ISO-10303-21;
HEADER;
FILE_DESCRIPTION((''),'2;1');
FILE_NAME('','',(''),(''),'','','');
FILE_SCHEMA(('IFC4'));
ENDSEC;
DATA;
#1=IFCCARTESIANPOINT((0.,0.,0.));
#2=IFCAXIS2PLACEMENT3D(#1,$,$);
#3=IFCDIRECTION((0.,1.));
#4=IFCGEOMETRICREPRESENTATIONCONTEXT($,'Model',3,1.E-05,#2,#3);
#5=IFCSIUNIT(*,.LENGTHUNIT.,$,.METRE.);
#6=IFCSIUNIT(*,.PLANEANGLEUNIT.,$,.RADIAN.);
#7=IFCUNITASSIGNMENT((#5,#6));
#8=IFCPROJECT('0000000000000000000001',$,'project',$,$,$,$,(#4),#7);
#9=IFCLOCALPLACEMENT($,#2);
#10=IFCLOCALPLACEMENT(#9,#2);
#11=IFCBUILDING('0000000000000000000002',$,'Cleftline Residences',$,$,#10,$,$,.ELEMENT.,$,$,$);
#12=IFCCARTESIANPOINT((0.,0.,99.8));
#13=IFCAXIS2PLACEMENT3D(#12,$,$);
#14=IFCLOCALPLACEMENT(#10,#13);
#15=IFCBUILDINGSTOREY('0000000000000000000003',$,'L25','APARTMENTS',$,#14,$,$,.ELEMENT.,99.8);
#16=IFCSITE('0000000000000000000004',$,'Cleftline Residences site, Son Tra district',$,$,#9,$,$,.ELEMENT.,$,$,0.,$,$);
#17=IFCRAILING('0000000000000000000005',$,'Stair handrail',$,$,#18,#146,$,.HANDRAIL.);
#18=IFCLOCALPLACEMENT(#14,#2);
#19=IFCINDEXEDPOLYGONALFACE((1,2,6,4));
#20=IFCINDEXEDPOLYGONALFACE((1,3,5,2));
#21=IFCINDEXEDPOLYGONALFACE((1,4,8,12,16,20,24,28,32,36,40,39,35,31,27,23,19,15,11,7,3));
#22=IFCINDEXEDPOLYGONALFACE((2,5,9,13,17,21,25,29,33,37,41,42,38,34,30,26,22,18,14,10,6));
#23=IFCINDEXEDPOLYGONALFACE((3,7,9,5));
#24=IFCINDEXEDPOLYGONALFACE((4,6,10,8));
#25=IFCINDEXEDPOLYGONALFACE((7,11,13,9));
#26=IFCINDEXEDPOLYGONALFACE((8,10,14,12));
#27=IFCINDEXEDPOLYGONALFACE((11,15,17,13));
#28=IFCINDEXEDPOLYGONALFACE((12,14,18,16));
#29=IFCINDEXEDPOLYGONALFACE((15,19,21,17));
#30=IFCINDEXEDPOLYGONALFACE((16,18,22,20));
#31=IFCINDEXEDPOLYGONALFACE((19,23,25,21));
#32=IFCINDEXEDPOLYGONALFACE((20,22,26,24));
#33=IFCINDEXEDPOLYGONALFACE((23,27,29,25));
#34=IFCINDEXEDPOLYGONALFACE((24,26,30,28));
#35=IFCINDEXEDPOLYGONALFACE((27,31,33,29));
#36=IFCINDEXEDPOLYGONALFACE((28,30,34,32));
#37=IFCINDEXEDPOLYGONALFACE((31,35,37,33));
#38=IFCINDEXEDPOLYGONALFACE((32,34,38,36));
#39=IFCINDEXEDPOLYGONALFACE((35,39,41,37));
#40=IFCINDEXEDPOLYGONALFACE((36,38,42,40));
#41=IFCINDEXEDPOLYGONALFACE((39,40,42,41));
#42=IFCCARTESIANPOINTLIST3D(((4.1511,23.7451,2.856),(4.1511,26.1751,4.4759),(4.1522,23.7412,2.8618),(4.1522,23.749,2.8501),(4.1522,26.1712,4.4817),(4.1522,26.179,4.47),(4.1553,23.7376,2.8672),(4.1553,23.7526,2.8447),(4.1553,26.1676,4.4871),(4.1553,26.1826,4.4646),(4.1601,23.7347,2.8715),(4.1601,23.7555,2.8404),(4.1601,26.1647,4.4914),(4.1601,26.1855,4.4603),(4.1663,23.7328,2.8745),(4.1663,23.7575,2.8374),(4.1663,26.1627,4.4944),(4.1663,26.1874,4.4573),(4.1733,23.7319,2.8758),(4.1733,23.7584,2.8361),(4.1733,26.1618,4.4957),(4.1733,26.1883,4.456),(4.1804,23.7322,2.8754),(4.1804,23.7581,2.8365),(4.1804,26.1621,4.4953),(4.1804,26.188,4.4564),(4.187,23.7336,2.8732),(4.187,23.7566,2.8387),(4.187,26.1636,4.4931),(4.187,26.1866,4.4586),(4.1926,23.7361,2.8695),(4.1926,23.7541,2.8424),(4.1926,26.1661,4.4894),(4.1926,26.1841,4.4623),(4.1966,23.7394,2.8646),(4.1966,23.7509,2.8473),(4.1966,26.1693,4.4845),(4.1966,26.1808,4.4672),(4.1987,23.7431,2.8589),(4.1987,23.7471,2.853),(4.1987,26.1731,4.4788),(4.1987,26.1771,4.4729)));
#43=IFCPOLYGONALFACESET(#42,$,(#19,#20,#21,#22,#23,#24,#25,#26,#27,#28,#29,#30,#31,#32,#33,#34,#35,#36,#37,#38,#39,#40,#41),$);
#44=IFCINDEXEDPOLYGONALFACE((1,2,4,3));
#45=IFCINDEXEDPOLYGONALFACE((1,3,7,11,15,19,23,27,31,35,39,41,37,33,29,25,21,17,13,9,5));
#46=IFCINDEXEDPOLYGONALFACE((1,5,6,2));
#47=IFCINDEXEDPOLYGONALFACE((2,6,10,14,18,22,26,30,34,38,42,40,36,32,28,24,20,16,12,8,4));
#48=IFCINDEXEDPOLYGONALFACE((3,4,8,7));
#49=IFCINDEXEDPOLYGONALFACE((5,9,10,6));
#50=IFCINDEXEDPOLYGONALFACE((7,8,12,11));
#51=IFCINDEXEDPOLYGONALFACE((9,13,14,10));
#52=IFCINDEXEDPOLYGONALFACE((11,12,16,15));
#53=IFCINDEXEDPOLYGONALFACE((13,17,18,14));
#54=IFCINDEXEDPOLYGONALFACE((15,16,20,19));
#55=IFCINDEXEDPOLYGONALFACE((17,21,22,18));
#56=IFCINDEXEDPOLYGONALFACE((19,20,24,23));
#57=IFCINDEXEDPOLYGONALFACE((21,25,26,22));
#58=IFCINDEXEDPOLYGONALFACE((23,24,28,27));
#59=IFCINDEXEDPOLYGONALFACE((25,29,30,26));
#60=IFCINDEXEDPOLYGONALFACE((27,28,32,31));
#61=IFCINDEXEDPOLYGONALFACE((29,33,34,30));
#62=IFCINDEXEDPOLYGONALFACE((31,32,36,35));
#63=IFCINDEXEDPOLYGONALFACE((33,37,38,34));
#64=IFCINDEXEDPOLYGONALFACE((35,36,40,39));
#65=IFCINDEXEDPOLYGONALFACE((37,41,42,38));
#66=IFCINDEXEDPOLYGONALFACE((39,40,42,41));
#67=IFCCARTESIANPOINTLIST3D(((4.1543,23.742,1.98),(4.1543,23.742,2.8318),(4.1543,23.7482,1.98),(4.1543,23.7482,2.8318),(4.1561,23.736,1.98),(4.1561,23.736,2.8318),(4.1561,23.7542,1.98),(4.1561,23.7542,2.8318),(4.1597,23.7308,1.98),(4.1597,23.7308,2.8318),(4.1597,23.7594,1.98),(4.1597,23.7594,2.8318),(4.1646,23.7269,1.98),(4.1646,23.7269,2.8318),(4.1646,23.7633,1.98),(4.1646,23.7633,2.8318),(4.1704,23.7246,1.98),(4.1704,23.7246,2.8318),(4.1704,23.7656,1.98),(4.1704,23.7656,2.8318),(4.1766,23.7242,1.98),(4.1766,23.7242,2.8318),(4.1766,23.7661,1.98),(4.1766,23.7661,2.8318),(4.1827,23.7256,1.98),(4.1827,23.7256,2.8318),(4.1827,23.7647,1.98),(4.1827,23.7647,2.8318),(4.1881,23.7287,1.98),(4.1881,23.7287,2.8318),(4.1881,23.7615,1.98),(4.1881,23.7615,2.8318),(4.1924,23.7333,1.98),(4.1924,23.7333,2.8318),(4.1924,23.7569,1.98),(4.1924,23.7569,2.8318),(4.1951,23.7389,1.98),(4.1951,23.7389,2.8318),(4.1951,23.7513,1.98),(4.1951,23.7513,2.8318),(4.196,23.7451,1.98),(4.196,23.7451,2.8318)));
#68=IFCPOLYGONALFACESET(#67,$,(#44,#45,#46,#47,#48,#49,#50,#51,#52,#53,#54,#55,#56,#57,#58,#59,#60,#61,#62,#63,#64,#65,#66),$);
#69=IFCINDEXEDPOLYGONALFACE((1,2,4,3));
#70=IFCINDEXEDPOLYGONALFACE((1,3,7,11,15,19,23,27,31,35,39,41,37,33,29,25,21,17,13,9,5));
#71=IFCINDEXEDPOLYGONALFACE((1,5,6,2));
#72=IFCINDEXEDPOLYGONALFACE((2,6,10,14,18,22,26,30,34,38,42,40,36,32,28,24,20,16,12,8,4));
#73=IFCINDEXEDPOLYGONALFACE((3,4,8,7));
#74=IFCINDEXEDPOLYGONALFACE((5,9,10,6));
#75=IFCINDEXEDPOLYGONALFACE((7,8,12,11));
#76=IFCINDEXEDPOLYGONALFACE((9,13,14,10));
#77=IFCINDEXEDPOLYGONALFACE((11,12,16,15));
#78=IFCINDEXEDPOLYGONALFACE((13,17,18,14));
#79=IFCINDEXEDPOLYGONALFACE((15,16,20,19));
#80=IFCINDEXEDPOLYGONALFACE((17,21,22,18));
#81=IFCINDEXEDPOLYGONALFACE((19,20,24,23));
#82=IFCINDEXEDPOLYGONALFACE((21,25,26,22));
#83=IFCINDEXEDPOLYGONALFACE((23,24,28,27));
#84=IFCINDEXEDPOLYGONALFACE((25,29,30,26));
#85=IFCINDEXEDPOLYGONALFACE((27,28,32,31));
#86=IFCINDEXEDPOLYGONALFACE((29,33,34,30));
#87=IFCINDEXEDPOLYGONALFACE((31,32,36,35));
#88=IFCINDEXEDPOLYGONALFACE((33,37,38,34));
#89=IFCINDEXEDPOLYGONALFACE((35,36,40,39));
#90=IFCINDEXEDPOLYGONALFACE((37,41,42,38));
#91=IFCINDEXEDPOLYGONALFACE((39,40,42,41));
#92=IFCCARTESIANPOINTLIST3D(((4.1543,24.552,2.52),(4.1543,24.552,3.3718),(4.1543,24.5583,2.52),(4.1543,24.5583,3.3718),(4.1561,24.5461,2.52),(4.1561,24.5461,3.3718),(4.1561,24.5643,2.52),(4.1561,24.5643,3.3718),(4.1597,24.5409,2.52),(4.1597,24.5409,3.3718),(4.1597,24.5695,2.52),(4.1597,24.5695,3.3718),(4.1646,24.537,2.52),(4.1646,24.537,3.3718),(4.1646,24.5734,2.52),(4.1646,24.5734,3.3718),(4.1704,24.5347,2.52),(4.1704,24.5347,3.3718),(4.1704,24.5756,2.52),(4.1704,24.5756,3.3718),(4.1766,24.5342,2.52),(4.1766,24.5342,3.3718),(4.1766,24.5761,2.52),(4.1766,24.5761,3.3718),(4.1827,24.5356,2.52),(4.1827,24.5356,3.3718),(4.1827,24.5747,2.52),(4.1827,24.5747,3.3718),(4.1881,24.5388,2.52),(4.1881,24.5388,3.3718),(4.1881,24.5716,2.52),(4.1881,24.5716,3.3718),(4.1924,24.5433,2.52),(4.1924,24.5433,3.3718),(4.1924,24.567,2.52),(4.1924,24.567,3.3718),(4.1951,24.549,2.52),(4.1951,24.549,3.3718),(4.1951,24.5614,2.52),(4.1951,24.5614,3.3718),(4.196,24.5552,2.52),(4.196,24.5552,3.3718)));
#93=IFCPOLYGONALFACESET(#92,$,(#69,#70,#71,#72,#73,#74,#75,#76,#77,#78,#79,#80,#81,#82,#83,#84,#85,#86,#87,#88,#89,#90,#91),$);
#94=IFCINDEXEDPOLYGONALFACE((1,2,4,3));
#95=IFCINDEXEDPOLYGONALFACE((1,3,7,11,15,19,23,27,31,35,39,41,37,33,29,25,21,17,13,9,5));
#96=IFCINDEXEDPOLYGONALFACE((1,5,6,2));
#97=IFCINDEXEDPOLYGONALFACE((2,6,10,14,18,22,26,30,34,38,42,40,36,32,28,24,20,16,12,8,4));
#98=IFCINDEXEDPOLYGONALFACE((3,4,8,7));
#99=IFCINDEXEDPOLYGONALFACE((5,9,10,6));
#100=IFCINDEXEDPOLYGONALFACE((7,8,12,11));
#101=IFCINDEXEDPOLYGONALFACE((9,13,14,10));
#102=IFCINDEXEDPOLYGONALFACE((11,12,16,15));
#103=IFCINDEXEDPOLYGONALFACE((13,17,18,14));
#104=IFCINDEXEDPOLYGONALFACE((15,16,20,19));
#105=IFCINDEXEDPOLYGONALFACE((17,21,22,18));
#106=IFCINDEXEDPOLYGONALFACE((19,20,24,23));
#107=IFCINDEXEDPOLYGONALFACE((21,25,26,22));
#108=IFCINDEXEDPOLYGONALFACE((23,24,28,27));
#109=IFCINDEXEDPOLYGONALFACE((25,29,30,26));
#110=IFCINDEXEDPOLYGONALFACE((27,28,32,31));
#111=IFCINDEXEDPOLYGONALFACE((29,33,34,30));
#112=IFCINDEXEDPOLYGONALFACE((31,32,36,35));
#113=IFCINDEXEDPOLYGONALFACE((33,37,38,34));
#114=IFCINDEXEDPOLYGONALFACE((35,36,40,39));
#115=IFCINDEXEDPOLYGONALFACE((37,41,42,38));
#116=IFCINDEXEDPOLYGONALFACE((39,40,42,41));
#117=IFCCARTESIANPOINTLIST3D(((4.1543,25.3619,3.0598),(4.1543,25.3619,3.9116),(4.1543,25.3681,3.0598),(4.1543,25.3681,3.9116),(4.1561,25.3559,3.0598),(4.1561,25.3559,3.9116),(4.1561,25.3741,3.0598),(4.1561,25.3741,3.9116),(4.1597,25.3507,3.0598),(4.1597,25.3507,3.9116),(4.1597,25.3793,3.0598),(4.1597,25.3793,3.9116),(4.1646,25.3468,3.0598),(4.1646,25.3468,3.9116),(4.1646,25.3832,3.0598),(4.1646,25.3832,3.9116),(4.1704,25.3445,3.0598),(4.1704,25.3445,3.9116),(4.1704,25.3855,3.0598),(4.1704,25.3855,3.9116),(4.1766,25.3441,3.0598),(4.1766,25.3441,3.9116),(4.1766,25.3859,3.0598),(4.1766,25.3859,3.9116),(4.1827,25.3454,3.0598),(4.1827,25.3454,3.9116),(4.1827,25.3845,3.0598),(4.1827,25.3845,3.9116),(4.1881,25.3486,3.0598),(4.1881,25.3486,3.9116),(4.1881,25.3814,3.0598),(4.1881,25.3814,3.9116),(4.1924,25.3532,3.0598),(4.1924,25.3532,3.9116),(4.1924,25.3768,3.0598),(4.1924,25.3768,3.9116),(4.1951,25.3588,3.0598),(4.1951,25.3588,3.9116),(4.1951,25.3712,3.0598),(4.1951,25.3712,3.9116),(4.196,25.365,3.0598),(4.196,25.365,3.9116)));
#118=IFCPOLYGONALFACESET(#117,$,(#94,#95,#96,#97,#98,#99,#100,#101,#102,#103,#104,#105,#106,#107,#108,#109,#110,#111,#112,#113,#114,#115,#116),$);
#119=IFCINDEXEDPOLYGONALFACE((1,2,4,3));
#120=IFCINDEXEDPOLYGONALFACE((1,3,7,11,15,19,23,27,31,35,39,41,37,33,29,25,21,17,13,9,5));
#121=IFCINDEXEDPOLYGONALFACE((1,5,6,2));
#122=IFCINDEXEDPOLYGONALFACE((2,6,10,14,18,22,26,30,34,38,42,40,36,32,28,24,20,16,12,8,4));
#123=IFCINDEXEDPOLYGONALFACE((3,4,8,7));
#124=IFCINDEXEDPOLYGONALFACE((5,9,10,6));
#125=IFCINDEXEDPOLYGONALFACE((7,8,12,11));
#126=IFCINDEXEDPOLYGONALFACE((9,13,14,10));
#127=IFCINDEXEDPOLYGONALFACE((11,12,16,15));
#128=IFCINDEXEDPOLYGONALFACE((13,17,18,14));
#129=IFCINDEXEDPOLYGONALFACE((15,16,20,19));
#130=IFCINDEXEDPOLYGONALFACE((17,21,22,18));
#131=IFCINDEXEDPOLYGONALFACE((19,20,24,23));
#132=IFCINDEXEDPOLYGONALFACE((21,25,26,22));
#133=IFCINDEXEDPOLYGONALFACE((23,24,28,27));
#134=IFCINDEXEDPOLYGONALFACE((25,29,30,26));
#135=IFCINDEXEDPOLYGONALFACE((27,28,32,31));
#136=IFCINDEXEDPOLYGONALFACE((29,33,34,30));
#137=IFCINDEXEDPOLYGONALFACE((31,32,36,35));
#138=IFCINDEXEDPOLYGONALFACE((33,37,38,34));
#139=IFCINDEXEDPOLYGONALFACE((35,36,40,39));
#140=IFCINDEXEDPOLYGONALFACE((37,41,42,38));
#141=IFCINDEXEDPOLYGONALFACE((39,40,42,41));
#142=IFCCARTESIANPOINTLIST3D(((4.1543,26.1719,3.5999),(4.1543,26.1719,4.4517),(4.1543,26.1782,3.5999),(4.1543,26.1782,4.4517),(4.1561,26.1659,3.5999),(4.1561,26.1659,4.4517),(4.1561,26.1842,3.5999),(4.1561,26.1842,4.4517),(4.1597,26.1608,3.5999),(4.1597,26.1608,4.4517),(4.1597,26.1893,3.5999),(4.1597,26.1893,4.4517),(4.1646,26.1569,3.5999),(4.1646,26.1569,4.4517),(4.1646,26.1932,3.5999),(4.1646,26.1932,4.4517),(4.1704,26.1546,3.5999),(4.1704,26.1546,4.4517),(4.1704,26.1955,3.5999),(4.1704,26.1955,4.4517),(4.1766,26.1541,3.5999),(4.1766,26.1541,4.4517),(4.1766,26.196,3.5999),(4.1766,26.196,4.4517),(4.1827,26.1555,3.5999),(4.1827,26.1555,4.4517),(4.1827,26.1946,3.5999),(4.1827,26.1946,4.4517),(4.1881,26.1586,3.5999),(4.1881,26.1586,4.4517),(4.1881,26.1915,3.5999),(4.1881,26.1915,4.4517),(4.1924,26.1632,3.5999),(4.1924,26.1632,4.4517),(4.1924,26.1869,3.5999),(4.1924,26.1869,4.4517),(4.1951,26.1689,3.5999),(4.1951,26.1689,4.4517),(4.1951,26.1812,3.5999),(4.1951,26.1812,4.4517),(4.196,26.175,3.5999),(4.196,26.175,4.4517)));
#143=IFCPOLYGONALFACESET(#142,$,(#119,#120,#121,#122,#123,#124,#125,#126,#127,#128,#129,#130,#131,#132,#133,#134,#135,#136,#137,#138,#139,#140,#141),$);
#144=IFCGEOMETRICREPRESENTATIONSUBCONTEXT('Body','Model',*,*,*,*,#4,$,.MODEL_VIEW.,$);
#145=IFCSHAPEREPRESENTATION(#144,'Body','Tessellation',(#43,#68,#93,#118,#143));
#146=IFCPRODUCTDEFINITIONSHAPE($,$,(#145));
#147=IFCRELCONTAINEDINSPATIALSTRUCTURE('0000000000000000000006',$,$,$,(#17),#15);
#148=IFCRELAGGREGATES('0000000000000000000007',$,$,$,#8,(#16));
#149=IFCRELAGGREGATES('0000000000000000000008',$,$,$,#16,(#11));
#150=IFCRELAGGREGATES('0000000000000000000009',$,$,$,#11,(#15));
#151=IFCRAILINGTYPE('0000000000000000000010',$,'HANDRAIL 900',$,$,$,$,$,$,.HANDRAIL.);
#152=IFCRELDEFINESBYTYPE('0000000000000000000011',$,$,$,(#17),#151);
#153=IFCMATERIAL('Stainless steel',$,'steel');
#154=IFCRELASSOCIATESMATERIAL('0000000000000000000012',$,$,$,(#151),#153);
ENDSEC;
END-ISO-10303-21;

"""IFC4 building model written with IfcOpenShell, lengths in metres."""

from ifc_helpers import new_model, si_unit, direction, frame, origin, origin_2d, place, context, subcontext, project, spatial, circle, extrude, material, type_object, element, save


model = new_model("IFC4")

# Units and contexts
model_context = context("Model", 3, precision=1e-05, world=origin(), true_north=direction((0.0, 1.0)))
body_context = subcontext(model_context, "Body", "Model", "MODEL_VIEW")
ifc_project = project(units=[si_unit("LENGTHUNIT", "METRE"), si_unit("PLANEANGLEUNIT", "RADIAN")], contexts=[model_context])

# Site, building, storey
site_placement = place(None, origin())
site = spatial("IfcSite", under=ifc_project, at=site_placement, Name="Cleftline Residences site, Son Tra district", CompositionType="ELEMENT", RefElevation=0.0)
building_placement = place(site_placement, origin())
building = spatial("IfcBuilding", under=site, at=building_placement, Name="Cleftline Residences", CompositionType="ELEMENT")
storey_placement = place(building_placement, frame((0.0, 0.0, 99.8)))
storey = spatial("IfcBuildingStorey", under=building, at=storey_placement, Name="L25", Description="APARTMENTS", CompositionType="ELEMENT", Elevation=99.8)

# Railing
ifc_material_1 = material(Name="Stainless steel", Category="steel")
railing_type = type_object("IfcRailingType", Name="HANDRAIL 900", PredefinedType="HANDRAIL", material=ifc_material_1)
railing_1_placement = place(storey_placement, frame((4.175, 23.7451, 1.98)))
element("IfcRailing", 1, at=railing_1_placement, inside=storey, type_object=railing_type, Name="Stair handrail", PredefinedType="HANDRAIL", context=body_context, shape_type="SweptSolid", body=[
    extrude(circle(Radius=0.0239, at=origin_2d()), frame((0.0, 0.0, 0.876), z_axis=(0.0, 0.832063, 0.554681), x_axis=(-1.0, 0.0, 0.0)), (0.0, 0.0, 1.0), 2.9204),
    extrude(circle(Radius=0.021, at=origin_2d()), origin(), (0.0, 0.0, 1.0), 0.8518),
    extrude(circle(Radius=0.021, at=origin_2d()), frame((0.0, 0.8101, 0.54)), (0.0, 0.0, 1.0), 0.8518),
    extrude(circle(Radius=0.021, at=origin_2d()), frame((0.0, 1.6199, 1.0798)), (0.0, 0.0, 1.0), 0.8518),
    extrude(circle(Radius=0.021, at=origin_2d()), frame((0.0, 2.4299, 1.6199)), (0.0, 0.0, 1.0), 0.8518),
])

save(model, "model.ifc")
